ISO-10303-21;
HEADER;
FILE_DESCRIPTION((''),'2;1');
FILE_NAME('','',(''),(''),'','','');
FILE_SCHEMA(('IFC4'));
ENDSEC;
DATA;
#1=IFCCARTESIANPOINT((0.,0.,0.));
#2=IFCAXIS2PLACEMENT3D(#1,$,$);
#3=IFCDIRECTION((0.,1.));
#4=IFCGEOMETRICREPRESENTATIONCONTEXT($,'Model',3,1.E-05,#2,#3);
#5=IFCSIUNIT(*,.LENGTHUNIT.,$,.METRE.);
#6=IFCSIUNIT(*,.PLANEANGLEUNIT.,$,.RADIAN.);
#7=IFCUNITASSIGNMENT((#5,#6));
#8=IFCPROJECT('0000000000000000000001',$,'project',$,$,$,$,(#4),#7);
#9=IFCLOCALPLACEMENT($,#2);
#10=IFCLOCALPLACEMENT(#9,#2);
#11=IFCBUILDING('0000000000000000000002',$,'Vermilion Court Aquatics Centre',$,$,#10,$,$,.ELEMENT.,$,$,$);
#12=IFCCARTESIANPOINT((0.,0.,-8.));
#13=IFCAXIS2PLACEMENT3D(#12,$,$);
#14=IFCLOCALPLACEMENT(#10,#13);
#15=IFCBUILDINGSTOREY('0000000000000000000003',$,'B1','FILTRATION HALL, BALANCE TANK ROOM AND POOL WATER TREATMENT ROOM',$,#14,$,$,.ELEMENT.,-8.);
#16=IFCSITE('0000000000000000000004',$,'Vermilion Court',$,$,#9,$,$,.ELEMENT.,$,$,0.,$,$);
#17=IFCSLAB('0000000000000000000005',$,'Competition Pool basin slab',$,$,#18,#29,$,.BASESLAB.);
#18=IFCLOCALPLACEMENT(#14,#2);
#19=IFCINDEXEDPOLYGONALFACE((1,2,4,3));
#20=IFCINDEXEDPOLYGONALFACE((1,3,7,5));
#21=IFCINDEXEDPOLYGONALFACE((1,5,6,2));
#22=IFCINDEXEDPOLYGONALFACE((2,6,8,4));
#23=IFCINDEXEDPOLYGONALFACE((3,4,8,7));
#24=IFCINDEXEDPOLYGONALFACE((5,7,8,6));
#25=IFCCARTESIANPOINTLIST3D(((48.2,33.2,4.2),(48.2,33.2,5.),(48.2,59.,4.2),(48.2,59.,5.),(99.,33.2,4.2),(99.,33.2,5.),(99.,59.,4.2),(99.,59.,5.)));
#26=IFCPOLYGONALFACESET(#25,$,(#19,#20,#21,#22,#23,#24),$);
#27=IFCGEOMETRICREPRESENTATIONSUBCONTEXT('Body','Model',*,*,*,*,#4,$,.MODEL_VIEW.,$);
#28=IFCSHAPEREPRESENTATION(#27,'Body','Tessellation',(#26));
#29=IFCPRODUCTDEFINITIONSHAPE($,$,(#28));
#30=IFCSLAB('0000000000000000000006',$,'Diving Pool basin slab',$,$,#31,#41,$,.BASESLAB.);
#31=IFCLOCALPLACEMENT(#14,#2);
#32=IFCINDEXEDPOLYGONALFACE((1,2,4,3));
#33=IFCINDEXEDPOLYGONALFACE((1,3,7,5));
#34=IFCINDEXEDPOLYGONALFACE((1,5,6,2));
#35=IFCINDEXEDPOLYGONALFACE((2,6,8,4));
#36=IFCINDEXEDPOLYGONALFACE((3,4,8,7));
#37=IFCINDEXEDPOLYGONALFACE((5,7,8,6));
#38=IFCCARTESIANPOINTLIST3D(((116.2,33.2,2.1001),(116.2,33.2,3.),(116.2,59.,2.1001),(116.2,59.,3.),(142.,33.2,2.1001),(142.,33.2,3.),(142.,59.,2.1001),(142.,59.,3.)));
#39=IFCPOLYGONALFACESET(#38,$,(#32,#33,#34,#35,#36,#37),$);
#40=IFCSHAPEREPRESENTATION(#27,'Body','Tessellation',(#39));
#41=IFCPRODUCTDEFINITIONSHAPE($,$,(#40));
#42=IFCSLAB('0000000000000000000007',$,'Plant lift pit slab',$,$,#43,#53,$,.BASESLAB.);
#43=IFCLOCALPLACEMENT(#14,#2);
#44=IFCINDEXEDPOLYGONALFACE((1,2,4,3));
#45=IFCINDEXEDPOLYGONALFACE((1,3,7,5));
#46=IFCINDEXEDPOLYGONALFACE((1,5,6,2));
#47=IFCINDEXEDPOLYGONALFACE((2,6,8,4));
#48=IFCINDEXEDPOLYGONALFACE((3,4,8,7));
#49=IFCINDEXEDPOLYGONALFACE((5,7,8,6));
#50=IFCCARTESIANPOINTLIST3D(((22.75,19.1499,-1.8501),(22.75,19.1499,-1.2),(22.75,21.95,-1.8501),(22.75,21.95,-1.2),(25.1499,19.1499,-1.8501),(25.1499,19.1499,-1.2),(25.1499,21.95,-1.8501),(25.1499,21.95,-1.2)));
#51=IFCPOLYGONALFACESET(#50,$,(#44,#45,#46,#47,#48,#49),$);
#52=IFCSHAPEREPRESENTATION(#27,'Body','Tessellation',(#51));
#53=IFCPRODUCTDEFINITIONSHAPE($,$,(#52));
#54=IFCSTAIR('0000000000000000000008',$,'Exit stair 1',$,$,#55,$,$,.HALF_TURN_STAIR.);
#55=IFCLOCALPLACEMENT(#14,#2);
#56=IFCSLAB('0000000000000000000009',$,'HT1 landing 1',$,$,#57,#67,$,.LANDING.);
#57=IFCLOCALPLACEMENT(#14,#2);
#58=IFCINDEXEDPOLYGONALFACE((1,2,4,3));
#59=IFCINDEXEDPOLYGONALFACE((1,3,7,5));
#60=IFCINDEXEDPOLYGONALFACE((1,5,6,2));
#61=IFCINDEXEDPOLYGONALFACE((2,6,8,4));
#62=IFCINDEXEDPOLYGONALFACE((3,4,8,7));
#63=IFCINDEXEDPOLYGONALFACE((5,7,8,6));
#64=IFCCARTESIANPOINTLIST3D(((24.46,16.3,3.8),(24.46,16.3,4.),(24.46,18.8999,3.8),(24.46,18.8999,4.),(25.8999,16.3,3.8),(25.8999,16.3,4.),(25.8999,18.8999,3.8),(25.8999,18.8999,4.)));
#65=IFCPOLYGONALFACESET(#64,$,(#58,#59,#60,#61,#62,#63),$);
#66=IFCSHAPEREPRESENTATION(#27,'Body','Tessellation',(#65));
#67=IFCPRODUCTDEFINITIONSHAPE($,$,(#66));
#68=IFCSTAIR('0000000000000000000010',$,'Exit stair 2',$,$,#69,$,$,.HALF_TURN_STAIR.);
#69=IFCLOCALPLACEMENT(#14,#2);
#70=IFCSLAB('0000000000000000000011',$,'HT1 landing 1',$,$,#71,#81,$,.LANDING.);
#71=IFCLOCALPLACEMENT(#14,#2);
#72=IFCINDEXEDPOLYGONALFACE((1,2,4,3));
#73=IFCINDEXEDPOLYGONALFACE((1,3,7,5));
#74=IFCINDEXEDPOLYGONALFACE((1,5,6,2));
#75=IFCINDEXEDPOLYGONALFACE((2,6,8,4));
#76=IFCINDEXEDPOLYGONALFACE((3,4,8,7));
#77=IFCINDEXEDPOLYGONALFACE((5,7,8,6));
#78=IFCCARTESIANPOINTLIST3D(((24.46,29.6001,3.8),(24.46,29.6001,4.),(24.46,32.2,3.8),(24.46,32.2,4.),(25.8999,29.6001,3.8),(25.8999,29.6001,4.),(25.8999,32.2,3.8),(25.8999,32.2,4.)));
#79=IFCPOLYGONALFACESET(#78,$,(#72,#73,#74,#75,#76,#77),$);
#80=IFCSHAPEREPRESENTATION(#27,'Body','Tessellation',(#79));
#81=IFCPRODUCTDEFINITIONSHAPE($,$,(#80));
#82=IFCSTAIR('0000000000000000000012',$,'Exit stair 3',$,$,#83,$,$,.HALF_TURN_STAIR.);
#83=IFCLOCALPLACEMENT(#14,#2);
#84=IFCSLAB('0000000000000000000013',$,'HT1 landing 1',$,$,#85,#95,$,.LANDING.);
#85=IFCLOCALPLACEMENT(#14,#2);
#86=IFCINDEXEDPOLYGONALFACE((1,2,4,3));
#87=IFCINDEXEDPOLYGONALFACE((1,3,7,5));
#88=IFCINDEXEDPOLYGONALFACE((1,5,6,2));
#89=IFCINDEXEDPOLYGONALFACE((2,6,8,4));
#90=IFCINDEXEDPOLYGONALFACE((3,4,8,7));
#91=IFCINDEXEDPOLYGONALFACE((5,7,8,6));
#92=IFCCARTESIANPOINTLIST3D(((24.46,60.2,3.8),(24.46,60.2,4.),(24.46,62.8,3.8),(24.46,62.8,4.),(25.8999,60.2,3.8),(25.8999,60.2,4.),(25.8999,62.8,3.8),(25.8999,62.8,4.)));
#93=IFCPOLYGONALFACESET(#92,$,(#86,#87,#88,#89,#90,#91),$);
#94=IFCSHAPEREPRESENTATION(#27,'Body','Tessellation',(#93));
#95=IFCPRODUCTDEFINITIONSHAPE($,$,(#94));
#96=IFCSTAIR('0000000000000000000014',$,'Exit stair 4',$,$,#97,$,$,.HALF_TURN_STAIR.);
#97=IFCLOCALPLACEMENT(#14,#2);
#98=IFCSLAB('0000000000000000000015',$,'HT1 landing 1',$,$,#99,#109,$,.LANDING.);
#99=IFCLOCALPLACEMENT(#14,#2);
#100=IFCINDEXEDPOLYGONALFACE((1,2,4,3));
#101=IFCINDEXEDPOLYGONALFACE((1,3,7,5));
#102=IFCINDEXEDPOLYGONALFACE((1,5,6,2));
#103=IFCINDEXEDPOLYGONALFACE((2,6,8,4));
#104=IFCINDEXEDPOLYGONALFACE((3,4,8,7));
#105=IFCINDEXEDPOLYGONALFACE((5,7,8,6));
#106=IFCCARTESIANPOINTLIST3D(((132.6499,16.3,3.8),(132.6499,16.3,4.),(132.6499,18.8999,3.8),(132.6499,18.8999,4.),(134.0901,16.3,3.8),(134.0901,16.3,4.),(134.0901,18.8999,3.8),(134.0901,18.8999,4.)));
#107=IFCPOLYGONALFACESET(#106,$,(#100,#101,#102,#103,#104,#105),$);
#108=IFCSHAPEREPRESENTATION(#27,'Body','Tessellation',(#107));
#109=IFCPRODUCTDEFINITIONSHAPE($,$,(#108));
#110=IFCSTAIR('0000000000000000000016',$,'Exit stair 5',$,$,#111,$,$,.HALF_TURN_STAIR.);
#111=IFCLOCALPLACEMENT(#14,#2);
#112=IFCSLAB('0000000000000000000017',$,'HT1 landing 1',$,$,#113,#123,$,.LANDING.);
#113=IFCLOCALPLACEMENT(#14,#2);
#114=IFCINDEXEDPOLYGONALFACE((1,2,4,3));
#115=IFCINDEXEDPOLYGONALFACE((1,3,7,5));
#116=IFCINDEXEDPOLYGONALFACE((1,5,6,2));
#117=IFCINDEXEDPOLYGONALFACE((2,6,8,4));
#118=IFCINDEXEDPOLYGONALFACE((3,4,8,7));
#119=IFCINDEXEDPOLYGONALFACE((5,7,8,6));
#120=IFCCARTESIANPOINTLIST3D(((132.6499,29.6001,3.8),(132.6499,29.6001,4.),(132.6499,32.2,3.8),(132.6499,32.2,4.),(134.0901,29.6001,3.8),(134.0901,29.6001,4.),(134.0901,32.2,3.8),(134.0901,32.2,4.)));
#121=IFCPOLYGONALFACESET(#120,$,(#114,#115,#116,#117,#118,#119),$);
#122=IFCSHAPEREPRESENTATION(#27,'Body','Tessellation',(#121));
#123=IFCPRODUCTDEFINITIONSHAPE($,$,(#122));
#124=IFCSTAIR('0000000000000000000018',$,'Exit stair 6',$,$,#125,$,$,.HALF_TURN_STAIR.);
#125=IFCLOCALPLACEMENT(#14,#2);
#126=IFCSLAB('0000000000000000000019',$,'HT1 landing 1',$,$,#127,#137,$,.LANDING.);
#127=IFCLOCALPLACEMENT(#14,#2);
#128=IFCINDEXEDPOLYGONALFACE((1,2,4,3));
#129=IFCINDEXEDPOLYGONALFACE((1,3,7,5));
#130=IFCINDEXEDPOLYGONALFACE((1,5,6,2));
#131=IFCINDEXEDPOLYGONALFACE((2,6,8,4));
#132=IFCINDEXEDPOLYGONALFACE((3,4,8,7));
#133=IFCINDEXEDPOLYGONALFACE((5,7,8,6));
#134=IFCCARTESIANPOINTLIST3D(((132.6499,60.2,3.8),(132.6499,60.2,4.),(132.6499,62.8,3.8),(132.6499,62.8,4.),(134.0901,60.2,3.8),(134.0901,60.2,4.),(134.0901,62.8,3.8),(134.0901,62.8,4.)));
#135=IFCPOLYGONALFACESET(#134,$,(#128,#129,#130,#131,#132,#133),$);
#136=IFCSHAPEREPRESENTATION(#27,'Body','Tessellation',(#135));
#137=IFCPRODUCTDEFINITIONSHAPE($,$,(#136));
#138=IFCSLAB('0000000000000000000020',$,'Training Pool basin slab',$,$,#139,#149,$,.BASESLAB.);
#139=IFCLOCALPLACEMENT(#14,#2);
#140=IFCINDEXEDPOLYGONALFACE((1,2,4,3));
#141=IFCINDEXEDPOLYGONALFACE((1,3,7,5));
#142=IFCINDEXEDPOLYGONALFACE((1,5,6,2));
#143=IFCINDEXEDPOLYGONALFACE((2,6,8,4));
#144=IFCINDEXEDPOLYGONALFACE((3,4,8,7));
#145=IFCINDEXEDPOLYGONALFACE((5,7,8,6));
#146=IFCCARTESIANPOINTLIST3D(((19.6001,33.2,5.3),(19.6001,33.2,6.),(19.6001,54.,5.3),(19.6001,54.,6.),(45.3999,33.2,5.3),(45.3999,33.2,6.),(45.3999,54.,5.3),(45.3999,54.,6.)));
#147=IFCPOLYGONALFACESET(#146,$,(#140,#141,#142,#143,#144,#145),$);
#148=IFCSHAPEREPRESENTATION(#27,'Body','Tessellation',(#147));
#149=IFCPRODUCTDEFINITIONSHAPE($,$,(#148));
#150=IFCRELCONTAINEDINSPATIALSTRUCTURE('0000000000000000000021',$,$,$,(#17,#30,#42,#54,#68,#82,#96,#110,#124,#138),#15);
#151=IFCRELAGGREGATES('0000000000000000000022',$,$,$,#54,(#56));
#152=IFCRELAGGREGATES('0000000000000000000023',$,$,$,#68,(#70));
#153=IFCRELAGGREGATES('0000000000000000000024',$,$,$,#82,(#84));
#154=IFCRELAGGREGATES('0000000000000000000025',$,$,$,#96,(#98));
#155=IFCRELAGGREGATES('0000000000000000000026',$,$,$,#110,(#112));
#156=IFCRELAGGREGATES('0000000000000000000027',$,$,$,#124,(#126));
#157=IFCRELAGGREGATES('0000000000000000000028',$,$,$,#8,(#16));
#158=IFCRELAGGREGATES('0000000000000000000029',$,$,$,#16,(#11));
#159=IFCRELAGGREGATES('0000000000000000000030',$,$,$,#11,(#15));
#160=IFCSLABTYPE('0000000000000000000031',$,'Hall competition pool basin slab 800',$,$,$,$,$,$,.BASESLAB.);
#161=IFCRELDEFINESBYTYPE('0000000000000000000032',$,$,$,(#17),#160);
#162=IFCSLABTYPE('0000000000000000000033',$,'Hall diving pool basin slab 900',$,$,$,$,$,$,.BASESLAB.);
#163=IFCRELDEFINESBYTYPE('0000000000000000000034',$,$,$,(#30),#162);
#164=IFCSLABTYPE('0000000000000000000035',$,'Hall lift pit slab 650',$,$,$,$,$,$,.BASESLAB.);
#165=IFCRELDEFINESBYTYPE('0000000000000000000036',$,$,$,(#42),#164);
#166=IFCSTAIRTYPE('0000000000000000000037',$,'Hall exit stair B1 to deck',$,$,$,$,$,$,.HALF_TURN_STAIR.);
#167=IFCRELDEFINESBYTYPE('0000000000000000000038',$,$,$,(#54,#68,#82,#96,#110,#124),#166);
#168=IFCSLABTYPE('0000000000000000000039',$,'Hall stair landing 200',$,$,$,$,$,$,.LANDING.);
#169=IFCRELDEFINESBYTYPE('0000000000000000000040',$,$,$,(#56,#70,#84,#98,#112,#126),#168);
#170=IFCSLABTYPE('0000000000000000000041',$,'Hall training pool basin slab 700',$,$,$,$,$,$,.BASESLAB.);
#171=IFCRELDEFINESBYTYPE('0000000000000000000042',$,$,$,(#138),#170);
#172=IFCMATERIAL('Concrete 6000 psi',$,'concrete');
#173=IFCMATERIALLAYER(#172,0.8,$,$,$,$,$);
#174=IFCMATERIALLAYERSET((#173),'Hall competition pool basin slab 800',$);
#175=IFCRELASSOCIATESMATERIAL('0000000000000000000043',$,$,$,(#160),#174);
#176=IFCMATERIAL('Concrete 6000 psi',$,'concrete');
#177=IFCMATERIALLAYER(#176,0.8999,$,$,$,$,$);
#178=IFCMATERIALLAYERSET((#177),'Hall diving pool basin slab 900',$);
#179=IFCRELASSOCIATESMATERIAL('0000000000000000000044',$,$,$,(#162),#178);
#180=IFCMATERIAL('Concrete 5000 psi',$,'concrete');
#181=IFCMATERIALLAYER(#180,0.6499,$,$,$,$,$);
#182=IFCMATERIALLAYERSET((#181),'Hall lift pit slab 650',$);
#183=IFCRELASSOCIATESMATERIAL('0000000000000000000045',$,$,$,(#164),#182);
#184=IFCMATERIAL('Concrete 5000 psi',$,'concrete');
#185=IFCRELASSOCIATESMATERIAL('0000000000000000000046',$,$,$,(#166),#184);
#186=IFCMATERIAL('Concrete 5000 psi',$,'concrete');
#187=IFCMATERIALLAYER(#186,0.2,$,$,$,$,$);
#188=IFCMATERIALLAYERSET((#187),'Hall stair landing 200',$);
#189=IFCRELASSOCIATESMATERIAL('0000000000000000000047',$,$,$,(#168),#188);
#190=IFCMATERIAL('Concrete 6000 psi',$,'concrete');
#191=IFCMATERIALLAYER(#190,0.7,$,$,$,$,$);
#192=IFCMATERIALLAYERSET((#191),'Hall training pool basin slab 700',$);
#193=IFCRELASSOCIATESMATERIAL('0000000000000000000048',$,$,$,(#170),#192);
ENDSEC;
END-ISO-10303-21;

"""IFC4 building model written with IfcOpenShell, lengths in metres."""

from ifc_helpers import new_model, si_unit, direction, frame, origin, place, context, subcontext, project, spatial, polyline, outline, extrude, material, layer, layer_set, type_object, element, aggregate, save


model = new_model("IFC4")

# Units and contexts
model_context = context("Model", 3, precision=1e-05, world=origin(), true_north=direction((0.0, 1.0)))
body_context = subcontext(model_context, "Body", "Model", "MODEL_VIEW")
ifc_project = project(units=[si_unit("LENGTHUNIT", "METRE"), si_unit("PLANEANGLEUNIT", "RADIAN")], contexts=[model_context])

# Site, building, storey
site_placement = place(None, origin())
site = spatial("IfcSite", under=ifc_project, at=site_placement, Name="Vermilion Court", CompositionType="ELEMENT", RefElevation=0.0)
building_placement = place(site_placement, origin())
building = spatial("IfcBuilding", under=site, at=building_placement, Name="Vermilion Court Aquatics Centre", CompositionType="ELEMENT")
storey_placement = place(building_placement, frame((0.0, 0.0, -8.0)))
storey = spatial("IfcBuildingStorey", under=building, at=storey_placement, Name="B1", Description="FILTRATION HALL, BALANCE TANK ROOM AND POOL WATER TREATMENT ROOM", CompositionType="ELEMENT", Elevation=-8.0)

# Slabs
ifc_material_1 = material(Name="Concrete 6000 psi", Category="concrete")
ifc_layer_1 = layer(ifc_material_1, 0.8)
ifc_layer_set_1 = layer_set([ifc_layer_1], Name="Hall competition pool basin slab 800")
slab_type_1 = type_object("IfcSlabType", Name="Hall competition pool basin slab 800", PredefinedType="BASESLAB", material=ifc_layer_set_1)
slab_1_placement = place(storey_placement, frame((0.0, 0.0, 4.2)))
element("IfcSlab", 1, at=slab_1_placement, inside=storey, type_object=slab_type_1, Name="Competition Pool basin slab", PredefinedType="BASESLAB", context=body_context, shape_type="SweptSolid", body=[
    extrude(outline(polyline([(48.2, 33.2), (99.0, 33.2), (99.0, 59.0), (48.2, 59.0), (48.2, 33.2)])), origin(), (0.0, 0.0, 1.0), 0.8),
])
ifc_material_2 = material(Name="Concrete 6000 psi", Category="concrete")
ifc_layer_2 = layer(ifc_material_2, 0.8999)
ifc_layer_set_2 = layer_set([ifc_layer_2], Name="Hall diving pool basin slab 900")
slab_type_2 = type_object("IfcSlabType", Name="Hall diving pool basin slab 900", PredefinedType="BASESLAB", material=ifc_layer_set_2)
slab_2_placement = place(storey_placement, frame((0.0, 0.0, 2.1001)))
element("IfcSlab", 2, at=slab_2_placement, inside=storey, type_object=slab_type_2, Name="Diving Pool basin slab", PredefinedType="BASESLAB", context=body_context, shape_type="SweptSolid", body=[
    extrude(outline(polyline([(116.2, 33.2), (142.0, 33.2), (142.0, 59.0), (116.2, 59.0), (116.2, 33.2)])), origin(), (0.0, 0.0, 1.0), 0.8999),
])
ifc_material_3 = material(Name="Concrete 5000 psi", Category="concrete")
ifc_layer_3 = layer(ifc_material_3, 0.6499)
ifc_layer_set_3 = layer_set([ifc_layer_3], Name="Hall lift pit slab 650")
slab_type_3 = type_object("IfcSlabType", Name="Hall lift pit slab 650", PredefinedType="BASESLAB", material=ifc_layer_set_3)
slab_3_placement = place(storey_placement, frame((0.0, 0.0, -1.8501)))
element("IfcSlab", 3, at=slab_3_placement, inside=storey, type_object=slab_type_3, Name="Plant lift pit slab", PredefinedType="BASESLAB", context=body_context, shape_type="SweptSolid", body=[
    extrude(outline(polyline([(22.75, 19.1499), (25.1499, 19.1499), (25.1499, 21.95), (22.75, 21.95), (22.75, 19.1499)])), origin(), (0.0, 0.0, 1.0), 0.6501),
])

# Stairs, slabs
ifc_material_4 = material(Name="Concrete 5000 psi", Category="concrete")
stair_type = type_object("IfcStairType", Name="Hall exit stair B1 to deck", PredefinedType="HALF_TURN_STAIR", material=ifc_material_4)
stair_1_placement = place(storey_placement, origin())
stair_1 = element("IfcStair", 4, at=stair_1_placement, inside=storey, type_object=stair_type, Name="Exit stair 1", PredefinedType="HALF_TURN_STAIR")
ifc_material_5 = material(Name="Concrete 5000 psi", Category="concrete")
ifc_layer_4 = layer(ifc_material_5, 0.2)
ifc_layer_set_4 = layer_set([ifc_layer_4], Name="Hall stair landing 200")
slab_type_4 = type_object("IfcSlabType", Name="Hall stair landing 200", PredefinedType="LANDING", material=ifc_layer_set_4)
slab_4_placement = place(storey_placement, frame((0.0, 0.0, 3.8)))
slab_4 = element("IfcSlab", 5, at=slab_4_placement, type_object=slab_type_4, Name="HT1 landing 1", PredefinedType="LANDING", context=body_context, shape_type="SweptSolid", body=[
    extrude(outline(polyline([(24.46, 16.3), (25.8999, 16.3), (25.8999, 18.8999), (24.46, 18.8999), (24.46, 16.3)])), origin(), (0.0, 0.0, 1.0), 0.2),
])
aggregate(stair_1, [slab_4])
stair_2_placement = place(storey_placement, origin())
stair_2 = element("IfcStair", 6, at=stair_2_placement, inside=storey, type_object=stair_type, Name="Exit stair 2", PredefinedType="HALF_TURN_STAIR")
slab_5_placement = place(storey_placement, frame((0.0, 0.0, 3.8)))
slab_5 = element("IfcSlab", 7, at=slab_5_placement, type_object=slab_type_4, Name="HT1 landing 1", PredefinedType="LANDING", context=body_context, shape_type="SweptSolid", body=[
    extrude(outline(polyline([(24.46, 29.6001), (25.8999, 29.6001), (25.8999, 32.2), (24.46, 32.2), (24.46, 29.6001)])), origin(), (0.0, 0.0, 1.0), 0.2),
])
aggregate(stair_2, [slab_5])
stair_3_placement = place(storey_placement, origin())
stair_3 = element("IfcStair", 8, at=stair_3_placement, inside=storey, type_object=stair_type, Name="Exit stair 3", PredefinedType="HALF_TURN_STAIR")
slab_6_placement = place(storey_placement, frame((0.0, 0.0, 3.8)))
slab_6 = element("IfcSlab", 9, at=slab_6_placement, type_object=slab_type_4, Name="HT1 landing 1", PredefinedType="LANDING", context=body_context, shape_type="SweptSolid", body=[
    extrude(outline(polyline([(24.46, 60.2), (25.8999, 60.2), (25.8999, 62.8), (24.46, 62.8), (24.46, 60.2)])), origin(), (0.0, 0.0, 1.0), 0.2),
])
aggregate(stair_3, [slab_6])
stair_4_placement = place(storey_placement, origin())
stair_4 = element("IfcStair", 10, at=stair_4_placement, inside=storey, type_object=stair_type, Name="Exit stair 4", PredefinedType="HALF_TURN_STAIR")
slab_7_placement = place(storey_placement, frame((0.0, 0.0, 3.8)))
slab_7 = element("IfcSlab", 11, at=slab_7_placement, type_object=slab_type_4, Name="HT1 landing 1", PredefinedType="LANDING", context=body_context, shape_type="SweptSolid", body=[
    extrude(outline(polyline([(132.6499, 16.3), (134.0901, 16.3), (134.0901, 18.8999), (132.6499, 18.8999), (132.6499, 16.3)])), origin(), (0.0, 0.0, 1.0), 0.2),
])
aggregate(stair_4, [slab_7])
stair_5_placement = place(storey_placement, origin())
stair_5 = element("IfcStair", 12, at=stair_5_placement, inside=storey, type_object=stair_type, Name="Exit stair 5", PredefinedType="HALF_TURN_STAIR")
slab_8_placement = place(storey_placement, frame((0.0, 0.0, 3.8)))
slab_8 = element("IfcSlab", 13, at=slab_8_placement, type_object=slab_type_4, Name="HT1 landing 1", PredefinedType="LANDING", context=body_context, shape_type="SweptSolid", body=[
    extrude(outline(polyline([(132.6499, 29.6001), (134.0901, 29.6001), (134.0901, 32.2), (132.6499, 32.2), (132.6499, 29.6001)])), origin(), (0.0, 0.0, 1.0), 0.2),
])
aggregate(stair_5, [slab_8])
stair_6_placement = place(storey_placement, origin())
stair_6 = element("IfcStair", 14, at=stair_6_placement, inside=storey, type_object=stair_type, Name="Exit stair 6", PredefinedType="HALF_TURN_STAIR")
slab_9_placement = place(storey_placement, frame((0.0, 0.0, 3.8)))
slab_9 = element("IfcSlab", 15, at=slab_9_placement, type_object=slab_type_4, Name="HT1 landing 1", PredefinedType="LANDING", context=body_context, shape_type="SweptSolid", body=[
    extrude(outline(polyline([(132.6499, 60.2), (134.0901, 60.2), (134.0901, 62.8), (132.6499, 62.8), (132.6499, 60.2)])), origin(), (0.0, 0.0, 1.0), 0.2),
])
aggregate(stair_6, [slab_9])

# Slab
ifc_material_6 = material(Name="Concrete 6000 psi", Category="concrete")
ifc_layer_5 = layer(ifc_material_6, 0.7)
ifc_layer_set_5 = layer_set([ifc_layer_5], Name="Hall training pool basin slab 700")
slab_type_5 = type_object("IfcSlabType", Name="Hall training pool basin slab 700", PredefinedType="BASESLAB", material=ifc_layer_set_5)
slab_10_placement = place(storey_placement, frame((0.0, 0.0, 5.3)))
element("IfcSlab", 16, at=slab_10_placement, inside=storey, type_object=slab_type_5, Name="Training Pool basin slab", PredefinedType="BASESLAB", context=body_context, shape_type="SweptSolid", body=[
    extrude(outline(polyline([(19.6001, 33.2), (45.3999, 33.2), (45.3999, 54.0), (19.6001, 54.0), (19.6001, 33.2)])), origin(), (0.0, 0.0, 1.0), 0.7),
])

save(model, "model.ifc")
